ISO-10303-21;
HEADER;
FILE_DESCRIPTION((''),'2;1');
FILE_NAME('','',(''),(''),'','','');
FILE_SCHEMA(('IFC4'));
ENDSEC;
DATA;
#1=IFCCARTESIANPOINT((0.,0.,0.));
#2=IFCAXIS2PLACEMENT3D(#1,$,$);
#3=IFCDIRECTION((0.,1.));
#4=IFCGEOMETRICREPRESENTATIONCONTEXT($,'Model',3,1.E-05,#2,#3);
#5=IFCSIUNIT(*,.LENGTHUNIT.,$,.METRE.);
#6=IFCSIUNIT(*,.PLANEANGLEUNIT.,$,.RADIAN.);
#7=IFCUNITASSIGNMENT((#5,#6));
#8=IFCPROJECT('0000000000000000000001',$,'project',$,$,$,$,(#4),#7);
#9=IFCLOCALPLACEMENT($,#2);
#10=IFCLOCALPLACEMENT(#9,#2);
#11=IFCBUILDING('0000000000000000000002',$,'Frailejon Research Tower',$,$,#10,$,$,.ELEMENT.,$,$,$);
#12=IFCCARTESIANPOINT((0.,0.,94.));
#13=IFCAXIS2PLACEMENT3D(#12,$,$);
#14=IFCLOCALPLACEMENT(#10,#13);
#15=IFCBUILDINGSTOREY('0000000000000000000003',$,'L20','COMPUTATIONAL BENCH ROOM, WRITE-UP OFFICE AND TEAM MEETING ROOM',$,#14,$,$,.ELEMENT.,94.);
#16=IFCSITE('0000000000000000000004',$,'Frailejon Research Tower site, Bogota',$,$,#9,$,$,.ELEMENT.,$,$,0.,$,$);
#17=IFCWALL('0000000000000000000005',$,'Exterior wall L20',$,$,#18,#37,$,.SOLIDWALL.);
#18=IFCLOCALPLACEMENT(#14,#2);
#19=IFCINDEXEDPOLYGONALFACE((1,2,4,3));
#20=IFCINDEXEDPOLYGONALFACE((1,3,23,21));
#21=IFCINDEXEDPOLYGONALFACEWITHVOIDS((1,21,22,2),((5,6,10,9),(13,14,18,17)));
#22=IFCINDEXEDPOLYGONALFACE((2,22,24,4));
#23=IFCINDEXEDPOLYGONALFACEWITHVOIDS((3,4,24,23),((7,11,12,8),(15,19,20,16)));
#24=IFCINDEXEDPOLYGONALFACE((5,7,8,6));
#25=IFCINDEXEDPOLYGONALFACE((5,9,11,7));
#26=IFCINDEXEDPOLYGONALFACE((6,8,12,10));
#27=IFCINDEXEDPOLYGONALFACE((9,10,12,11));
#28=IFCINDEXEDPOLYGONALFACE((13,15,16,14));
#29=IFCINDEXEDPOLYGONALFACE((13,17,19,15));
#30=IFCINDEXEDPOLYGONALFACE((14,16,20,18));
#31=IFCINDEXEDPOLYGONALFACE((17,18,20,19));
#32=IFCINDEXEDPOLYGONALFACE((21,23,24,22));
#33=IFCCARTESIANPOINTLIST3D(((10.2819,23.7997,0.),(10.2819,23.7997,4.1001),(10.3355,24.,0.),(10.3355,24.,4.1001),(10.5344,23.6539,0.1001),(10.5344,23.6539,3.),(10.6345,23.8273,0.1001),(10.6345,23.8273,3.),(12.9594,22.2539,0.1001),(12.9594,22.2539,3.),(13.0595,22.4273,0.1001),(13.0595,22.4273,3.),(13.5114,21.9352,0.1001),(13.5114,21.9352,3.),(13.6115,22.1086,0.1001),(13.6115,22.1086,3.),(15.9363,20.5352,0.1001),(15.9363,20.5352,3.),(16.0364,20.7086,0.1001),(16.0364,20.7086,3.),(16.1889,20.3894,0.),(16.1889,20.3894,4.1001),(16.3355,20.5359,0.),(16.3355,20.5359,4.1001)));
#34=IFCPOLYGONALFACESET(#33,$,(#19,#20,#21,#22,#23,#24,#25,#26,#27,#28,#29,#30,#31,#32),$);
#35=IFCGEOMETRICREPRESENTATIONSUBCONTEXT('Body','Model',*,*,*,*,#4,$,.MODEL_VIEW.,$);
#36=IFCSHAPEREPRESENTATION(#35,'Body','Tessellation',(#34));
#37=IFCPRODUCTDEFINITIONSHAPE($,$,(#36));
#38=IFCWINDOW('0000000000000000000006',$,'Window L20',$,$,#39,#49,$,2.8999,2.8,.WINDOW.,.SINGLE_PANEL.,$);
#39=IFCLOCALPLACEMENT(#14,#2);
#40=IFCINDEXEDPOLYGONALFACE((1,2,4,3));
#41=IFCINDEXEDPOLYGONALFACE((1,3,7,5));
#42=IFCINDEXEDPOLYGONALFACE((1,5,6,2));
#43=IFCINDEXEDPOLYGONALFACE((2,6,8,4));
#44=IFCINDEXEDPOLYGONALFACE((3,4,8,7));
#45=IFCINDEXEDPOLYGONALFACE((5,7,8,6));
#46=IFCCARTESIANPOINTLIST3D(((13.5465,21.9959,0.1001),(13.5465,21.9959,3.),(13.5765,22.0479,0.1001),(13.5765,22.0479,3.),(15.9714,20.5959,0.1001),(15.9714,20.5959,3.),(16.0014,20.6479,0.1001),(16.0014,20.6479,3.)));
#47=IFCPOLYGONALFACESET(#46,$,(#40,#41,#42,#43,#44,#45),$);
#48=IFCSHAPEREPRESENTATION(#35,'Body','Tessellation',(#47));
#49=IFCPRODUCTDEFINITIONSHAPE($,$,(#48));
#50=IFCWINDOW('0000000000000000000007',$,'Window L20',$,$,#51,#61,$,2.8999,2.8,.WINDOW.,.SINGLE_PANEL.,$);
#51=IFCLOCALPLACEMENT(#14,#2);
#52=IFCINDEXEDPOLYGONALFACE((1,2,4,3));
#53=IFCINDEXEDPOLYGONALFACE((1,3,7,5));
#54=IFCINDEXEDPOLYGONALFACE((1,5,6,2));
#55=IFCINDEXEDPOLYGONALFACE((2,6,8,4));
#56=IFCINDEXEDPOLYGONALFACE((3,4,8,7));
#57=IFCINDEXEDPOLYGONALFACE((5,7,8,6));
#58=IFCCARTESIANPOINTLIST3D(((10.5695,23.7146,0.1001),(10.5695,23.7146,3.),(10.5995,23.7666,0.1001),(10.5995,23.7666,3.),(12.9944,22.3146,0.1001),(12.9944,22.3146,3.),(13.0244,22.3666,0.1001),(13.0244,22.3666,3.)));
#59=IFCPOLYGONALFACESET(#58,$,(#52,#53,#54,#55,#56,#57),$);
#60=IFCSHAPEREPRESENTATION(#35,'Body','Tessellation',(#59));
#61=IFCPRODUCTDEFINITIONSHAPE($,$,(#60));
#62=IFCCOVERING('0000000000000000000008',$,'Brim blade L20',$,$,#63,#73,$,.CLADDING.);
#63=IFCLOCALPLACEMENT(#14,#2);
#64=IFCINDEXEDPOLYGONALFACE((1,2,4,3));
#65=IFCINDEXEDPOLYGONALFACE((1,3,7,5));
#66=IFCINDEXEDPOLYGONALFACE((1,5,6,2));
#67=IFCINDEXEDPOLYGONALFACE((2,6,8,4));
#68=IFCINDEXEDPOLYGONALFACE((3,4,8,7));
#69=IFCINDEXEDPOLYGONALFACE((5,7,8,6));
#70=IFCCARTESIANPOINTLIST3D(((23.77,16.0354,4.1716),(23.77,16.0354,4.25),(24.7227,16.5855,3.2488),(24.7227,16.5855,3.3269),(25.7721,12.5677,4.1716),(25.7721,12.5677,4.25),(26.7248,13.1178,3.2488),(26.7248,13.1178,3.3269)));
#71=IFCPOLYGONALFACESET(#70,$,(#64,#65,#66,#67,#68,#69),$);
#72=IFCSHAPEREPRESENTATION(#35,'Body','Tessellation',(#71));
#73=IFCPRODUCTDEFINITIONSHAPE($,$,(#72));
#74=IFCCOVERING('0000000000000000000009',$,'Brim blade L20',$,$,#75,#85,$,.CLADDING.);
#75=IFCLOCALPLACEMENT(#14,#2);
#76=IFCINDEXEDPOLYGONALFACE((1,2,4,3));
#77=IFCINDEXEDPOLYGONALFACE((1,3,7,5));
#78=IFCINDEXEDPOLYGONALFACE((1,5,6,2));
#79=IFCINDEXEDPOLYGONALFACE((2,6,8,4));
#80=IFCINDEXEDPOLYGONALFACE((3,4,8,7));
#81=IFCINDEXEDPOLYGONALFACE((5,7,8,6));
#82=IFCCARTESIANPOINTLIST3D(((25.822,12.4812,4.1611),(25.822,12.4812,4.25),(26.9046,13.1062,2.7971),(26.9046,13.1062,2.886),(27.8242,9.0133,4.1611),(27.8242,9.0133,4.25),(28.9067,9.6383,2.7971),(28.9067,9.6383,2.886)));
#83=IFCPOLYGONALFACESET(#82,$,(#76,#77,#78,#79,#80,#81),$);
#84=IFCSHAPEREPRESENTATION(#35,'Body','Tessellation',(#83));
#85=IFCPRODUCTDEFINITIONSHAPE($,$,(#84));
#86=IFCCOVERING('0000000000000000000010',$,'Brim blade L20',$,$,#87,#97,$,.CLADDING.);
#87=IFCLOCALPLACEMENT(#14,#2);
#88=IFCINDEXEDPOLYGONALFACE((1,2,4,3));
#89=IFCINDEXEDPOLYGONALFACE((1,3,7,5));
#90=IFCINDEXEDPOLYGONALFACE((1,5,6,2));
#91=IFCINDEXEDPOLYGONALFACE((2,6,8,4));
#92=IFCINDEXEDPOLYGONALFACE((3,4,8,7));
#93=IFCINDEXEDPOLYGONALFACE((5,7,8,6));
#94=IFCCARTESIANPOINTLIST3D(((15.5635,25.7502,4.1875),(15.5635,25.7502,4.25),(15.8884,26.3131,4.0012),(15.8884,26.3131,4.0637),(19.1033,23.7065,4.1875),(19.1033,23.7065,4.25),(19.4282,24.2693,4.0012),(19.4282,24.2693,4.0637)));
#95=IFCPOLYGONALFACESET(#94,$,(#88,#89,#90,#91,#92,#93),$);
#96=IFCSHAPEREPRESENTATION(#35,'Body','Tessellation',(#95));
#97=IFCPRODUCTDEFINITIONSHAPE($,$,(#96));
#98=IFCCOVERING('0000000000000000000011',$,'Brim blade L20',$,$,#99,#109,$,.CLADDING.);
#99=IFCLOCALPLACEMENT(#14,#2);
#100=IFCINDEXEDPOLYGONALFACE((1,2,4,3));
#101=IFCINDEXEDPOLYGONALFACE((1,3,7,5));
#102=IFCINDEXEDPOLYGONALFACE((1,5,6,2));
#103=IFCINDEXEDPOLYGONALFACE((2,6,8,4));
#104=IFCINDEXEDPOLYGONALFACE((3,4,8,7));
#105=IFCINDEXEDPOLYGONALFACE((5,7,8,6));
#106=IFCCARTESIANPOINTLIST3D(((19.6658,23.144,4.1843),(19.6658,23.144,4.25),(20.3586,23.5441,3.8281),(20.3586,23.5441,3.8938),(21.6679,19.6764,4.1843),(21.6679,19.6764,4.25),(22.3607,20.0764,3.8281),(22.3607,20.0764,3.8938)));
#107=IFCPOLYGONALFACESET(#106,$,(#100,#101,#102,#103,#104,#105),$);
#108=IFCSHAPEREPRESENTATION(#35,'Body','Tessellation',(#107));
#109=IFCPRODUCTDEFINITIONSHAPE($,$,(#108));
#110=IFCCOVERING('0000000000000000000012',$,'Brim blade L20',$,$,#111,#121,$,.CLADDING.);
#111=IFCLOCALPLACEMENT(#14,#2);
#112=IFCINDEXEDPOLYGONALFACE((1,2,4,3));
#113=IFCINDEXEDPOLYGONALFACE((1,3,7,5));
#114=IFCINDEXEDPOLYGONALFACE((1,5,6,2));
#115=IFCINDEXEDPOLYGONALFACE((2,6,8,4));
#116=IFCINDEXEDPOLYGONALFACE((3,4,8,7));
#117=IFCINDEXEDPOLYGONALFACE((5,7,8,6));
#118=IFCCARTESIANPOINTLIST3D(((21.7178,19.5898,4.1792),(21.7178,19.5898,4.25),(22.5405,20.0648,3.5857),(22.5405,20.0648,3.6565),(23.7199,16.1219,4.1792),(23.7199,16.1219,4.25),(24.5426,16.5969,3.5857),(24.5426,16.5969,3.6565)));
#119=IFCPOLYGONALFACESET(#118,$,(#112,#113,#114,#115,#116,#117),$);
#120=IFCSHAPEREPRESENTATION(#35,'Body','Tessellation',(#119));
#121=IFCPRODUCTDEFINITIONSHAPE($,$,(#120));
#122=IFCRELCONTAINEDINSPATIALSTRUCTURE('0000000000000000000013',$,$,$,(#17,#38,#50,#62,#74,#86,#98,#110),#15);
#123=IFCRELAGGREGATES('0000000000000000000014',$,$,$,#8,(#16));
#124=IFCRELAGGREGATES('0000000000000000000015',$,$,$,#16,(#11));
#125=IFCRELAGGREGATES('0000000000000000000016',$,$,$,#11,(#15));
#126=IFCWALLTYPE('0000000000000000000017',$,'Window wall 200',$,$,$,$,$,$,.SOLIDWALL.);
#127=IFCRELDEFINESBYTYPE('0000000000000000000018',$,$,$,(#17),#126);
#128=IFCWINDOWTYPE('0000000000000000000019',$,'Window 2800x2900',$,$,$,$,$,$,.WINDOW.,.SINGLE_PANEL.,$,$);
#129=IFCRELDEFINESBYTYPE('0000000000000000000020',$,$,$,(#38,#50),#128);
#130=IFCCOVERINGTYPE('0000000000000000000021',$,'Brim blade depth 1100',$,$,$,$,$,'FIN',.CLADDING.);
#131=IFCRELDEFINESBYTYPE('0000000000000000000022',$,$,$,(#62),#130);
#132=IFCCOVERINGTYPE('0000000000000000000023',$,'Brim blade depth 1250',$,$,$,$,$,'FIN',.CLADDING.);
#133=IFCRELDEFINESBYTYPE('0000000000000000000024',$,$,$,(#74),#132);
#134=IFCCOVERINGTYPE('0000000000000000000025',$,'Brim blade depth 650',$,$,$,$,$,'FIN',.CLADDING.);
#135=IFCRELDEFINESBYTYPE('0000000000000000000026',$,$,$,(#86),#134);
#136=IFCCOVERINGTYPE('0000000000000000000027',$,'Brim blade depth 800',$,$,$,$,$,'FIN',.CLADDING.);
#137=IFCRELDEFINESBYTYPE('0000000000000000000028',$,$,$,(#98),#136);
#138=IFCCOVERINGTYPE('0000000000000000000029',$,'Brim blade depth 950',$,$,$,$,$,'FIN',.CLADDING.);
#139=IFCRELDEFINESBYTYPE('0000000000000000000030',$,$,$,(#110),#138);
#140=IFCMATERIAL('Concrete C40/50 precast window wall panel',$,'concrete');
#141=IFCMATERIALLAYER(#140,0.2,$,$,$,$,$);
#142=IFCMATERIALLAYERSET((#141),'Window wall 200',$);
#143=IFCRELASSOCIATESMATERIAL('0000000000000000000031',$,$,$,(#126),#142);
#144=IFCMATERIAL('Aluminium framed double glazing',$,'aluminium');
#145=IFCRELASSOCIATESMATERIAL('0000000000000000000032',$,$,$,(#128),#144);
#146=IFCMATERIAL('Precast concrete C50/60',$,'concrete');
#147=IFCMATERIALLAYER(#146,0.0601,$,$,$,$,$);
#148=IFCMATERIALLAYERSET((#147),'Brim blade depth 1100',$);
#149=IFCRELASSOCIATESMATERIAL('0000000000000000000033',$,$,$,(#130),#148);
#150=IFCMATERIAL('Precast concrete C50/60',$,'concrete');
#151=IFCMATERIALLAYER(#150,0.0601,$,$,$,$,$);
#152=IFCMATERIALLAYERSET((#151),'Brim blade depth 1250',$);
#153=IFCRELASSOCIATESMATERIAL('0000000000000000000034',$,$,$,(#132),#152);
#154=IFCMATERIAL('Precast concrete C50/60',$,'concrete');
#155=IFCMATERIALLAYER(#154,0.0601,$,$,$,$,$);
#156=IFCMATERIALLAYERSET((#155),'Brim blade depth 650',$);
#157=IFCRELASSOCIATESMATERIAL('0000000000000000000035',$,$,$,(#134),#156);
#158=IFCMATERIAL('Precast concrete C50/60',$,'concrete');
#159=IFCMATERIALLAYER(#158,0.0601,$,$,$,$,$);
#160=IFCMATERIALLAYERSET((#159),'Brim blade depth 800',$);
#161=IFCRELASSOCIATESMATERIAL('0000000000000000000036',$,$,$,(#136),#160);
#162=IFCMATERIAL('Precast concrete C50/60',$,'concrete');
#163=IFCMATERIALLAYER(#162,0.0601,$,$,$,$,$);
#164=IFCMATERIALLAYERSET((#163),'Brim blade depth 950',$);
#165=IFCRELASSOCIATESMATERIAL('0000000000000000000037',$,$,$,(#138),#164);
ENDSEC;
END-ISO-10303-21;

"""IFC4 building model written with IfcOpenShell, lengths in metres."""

from ifc_helpers import new_model, si_unit, direction, frame, frame_2d, origin, place, context, subcontext, project, spatial, polyline, rectangle, outline, extrude, material, layer, layer_set, type_object, element, fill, save


model = new_model("IFC4")

# Units and contexts
model_context = context("Model", 3, precision=1e-05, world=origin(), true_north=direction((0.0, 1.0)))
body_context = subcontext(model_context, "Body", "Model", "MODEL_VIEW")
ifc_project = project(units=[si_unit("LENGTHUNIT", "METRE"), si_unit("PLANEANGLEUNIT", "RADIAN")], contexts=[model_context])

# Site, building, storey
site_placement = place(None, origin())
site = spatial("IfcSite", under=ifc_project, at=site_placement, Name="Frailejon Research Tower site, Bogota", CompositionType="ELEMENT", RefElevation=0.0)
building_placement = place(site_placement, origin())
building = spatial("IfcBuilding", under=site, at=building_placement, Name="Frailejon Research Tower", CompositionType="ELEMENT")
storey_placement = place(building_placement, frame((0.0, 0.0, 94.0)))
storey = spatial("IfcBuildingStorey", under=building, at=storey_placement, Name="L20", Description="COMPUTATIONAL BENCH ROOM, WRITE-UP OFFICE AND TEAM MEETING ROOM", CompositionType="ELEMENT", Elevation=94.0)

# Wall, openings, windows
ifc_material_1 = material(Name="Concrete C40/50 precast window wall panel", Category="concrete")
ifc_layer_1 = layer(ifc_material_1, 0.2)
ifc_layer_set_1 = layer_set([ifc_layer_1], Name="Window wall 200")
wall_type_1 = type_object("IfcWallType", Name="Window wall 200", PredefinedType="SOLIDWALL", material=ifc_layer_set_1)
wall_1_placement = place(storey_placement, frame((16.2622, 20.4626, 0.0), z_axis=(0.0, 0.0, 1.0), x_axis=(-0.866029, 0.499993, 0.0)))
wall_1 = element("IfcWall", 1, at=wall_1_placement, inside=storey, type_object=wall_type_1, Name="Exterior wall L20", PredefinedType="SOLIDWALL", context=body_context, shape_type="SweptSolid", body=[
    extrude(outline(polyline([(-0.0269, -0.1001), (1.1279, -0.1001), (2.2825, -0.1001), (3.4373, -0.1001), (4.592, -0.1001), (5.7466, -0.1001), (6.9014, -0.1001), (6.8477, 0.1001), (5.7109, 0.1001), (4.574, 0.1001), (3.4373, 0.1001), (2.3005, 0.1001), (1.1636, 0.1001), (0.0269, 0.1001), (-0.0269, -0.1001)])), origin(), (0.0, 0.0, 1.0), 4.1001),
])
opening_1_placement = place(wall_1_placement, frame((0.3186, 0.0, 0.1001)))
opening_1 = element("IfcOpeningElement", 2, at=opening_1_placement, cuts=wall_1, PredefinedType="OPENING", context=body_context, shape_type="SweptSolid", body=[
    extrude(rectangle(XDim=2.8, YDim=2.8999, at=frame_2d((1.3999, 1.45))), frame((0.0, 0.1099, 0.0), z_axis=(0.0, -1.0, 0.0), x_axis=(1.0, 0.0, 0.0)), (0.0, 0.0, 1.0), 0.22),
])
opening_2_placement = place(wall_1_placement, frame((3.7561, 0.0, 0.1001)))
opening_2 = element("IfcOpeningElement", 3, at=opening_2_placement, cuts=wall_1, PredefinedType="OPENING", context=body_context, shape_type="SweptSolid", body=[
    extrude(rectangle(XDim=2.8, YDim=2.8999, at=frame_2d((1.3999, 1.45))), frame((0.0, 0.1099, 0.0), z_axis=(0.0, -1.0, 0.0), x_axis=(1.0, 0.0, 0.0)), (0.0, 0.0, 1.0), 0.22),
])
ifc_material_2 = material(Name="Aluminium framed double glazing", Category="aluminium")
window_type = type_object("IfcWindowType", Name="Window 2800x2900", PartitioningType="SINGLE_PANEL", PredefinedType="WINDOW", material=ifc_material_2)
window_1_placement = place(opening_1_placement, origin())
window_1 = element("IfcWindow", 4, at=window_1_placement, inside=storey, type_object=window_type, Name="Window L20", OverallHeight=2.8999, OverallWidth=2.8, PartitioningType="SINGLE_PANEL", PredefinedType="WINDOW", context=body_context, shape_type="SweptSolid", body=[
    extrude(rectangle(XDim=2.8, YDim=2.8999, at=frame_2d((1.3999, 1.45))), frame((0.0, 0.03, 0.0), z_axis=(0.0, -1.0, 0.0), x_axis=(1.0, 0.0, 0.0)), (0.0, 0.0, 1.0), 0.0601),
])
fill(opening_1, window_1)
window_2_placement = place(opening_2_placement, origin())
window_2 = element("IfcWindow", 5, at=window_2_placement, inside=storey, type_object=window_type, Name="Window L20", OverallHeight=2.8999, OverallWidth=2.8, PartitioningType="SINGLE_PANEL", PredefinedType="WINDOW", context=body_context, shape_type="SweptSolid", body=[
    extrude(rectangle(XDim=2.8, YDim=2.8999, at=frame_2d((1.3999, 1.45))), frame((0.0, 0.03, 0.0), z_axis=(0.0, -1.0, 0.0), x_axis=(1.0, 0.0, 0.0)), (0.0, 0.0, 1.0), 0.0601),
])
fill(opening_2, window_2)

# Coverings
ifc_material_3 = material(Name="Precast concrete C50/60", Category="concrete")
ifc_layer_2 = layer(ifc_material_3, 0.0601)
ifc_layer_set_2 = layer_set([ifc_layer_2], Name="Brim blade depth 1100")
covering_type_1 = type_object("IfcCoveringType", Name="Brim blade depth 1100", ElementType="FIN", PredefinedType="CLADDING", material=ifc_layer_set_2)
covering_1_placement = place(storey_placement, frame((23.77, 16.0354, 4.25), z_axis=(0.500004, -0.866023, 0.0), x_axis=(0.866023, 0.500004, 0.0)))
element("IfcCovering", 6, at=covering_1_placement, inside=storey, type_object=covering_type_1, Name="Brim blade L20", PredefinedType="CLADDING", context=body_context, shape_type="SweptSolid", body=[
    extrude(outline(polyline([(0.0, -0.0784), (1.1001, -1.0012), (1.1001, -0.9231), (0.0, 0.0), (0.0, -0.0784)])), origin(), (0.0, 0.0, 1.0), 4.0042),
])
ifc_material_4 = material(Name="Precast concrete C50/60", Category="concrete")
ifc_layer_3 = layer(ifc_material_4, 0.0601)
ifc_layer_set_3 = layer_set([ifc_layer_3], Name="Brim blade depth 1250")
covering_type_2 = type_object("IfcCoveringType", Name="Brim blade depth 1250", ElementType="FIN", PredefinedType="CLADDING", material=ifc_layer_set_3)
covering_2_placement = place(storey_placement, frame((25.822, 12.4812, 4.25), z_axis=(0.499994, -0.866029, 0.0), x_axis=(0.866029, 0.499994, 0.0)))
element("IfcCovering", 7, at=covering_2_placement, inside=storey, type_object=covering_type_2, Name="Brim blade L20", PredefinedType="CLADDING", context=body_context, shape_type="SweptSolid", body=[
    extrude(outline(polyline([(0.0, -0.0889), (1.25, -1.4529), (1.25, -1.364), (0.0, 0.0), (0.0, -0.0889)])), origin(), (0.0, 0.0, 1.0), 4.0044),
])
ifc_material_5 = material(Name="Precast concrete C50/60", Category="concrete")
ifc_layer_4 = layer(ifc_material_5, 0.0601)
ifc_layer_set_4 = layer_set([ifc_layer_4], Name="Brim blade depth 650")
covering_type_3 = type_object("IfcCoveringType", Name="Brim blade depth 650", ElementType="FIN", PredefinedType="CLADDING", material=ifc_layer_set_4)
covering_3_placement = place(storey_placement, frame((15.5635, 25.7502, 4.25), z_axis=(0.866021, -0.500007, 0.0), x_axis=(0.500007, 0.866021, 0.0)))
element("IfcCovering", 8, at=covering_3_placement, inside=storey, type_object=covering_type_3, Name="Brim blade L20", PredefinedType="CLADDING", context=body_context, shape_type="SweptSolid", body=[
    extrude(outline(polyline([(0.0, -0.0625), (0.6499, -0.2488), (0.6499, -0.1863), (0.0, 0.0), (0.0, -0.0625)])), origin(), (0.0, 0.0, 1.0), 4.0874),
])
ifc_material_6 = material(Name="Precast concrete C50/60", Category="concrete")
ifc_layer_5 = layer(ifc_material_6, 0.0601)
ifc_layer_set_5 = layer_set([ifc_layer_5], Name="Brim blade depth 800")
covering_type_4 = type_object("IfcCoveringType", Name="Brim blade depth 800", ElementType="FIN", PredefinedType="CLADDING", material=ifc_layer_set_5)
covering_4_placement = place(storey_placement, frame((19.6658, 23.144, 4.25), z_axis=(0.500004, -0.866023, 0.0), x_axis=(0.866023, 0.500004, 0.0)))
element("IfcCovering", 9, at=covering_4_placement, inside=storey, type_object=covering_type_4, Name="Brim blade L20", PredefinedType="CLADDING", context=body_context, shape_type="SweptSolid", body=[
    extrude(outline(polyline([(0.0, -0.0657), (0.8, -0.4219), (0.8, -0.3562), (0.0, 0.0), (0.0, -0.0657)])), origin(), (0.0, 0.0, 1.0), 4.0042),
])
ifc_material_7 = material(Name="Precast concrete C50/60", Category="concrete")
ifc_layer_6 = layer(ifc_material_7, 0.0601)
ifc_layer_set_6 = layer_set([ifc_layer_6], Name="Brim blade depth 950")
covering_type_5 = type_object("IfcCoveringType", Name="Brim blade depth 950", ElementType="FIN", PredefinedType="CLADDING", material=ifc_layer_set_6)
covering_5_placement = place(storey_placement, frame((21.7178, 19.5898, 4.25), z_axis=(0.499994, -0.866029, 0.0), x_axis=(0.866029, 0.499994, 0.0)))
element("IfcCovering", 10, at=covering_5_placement, inside=storey, type_object=covering_type_5, Name="Brim blade L20", PredefinedType="CLADDING", context=body_context, shape_type="SweptSolid", body=[
    extrude(outline(polyline([(0.0, -0.0708), (0.95, -0.6643), (0.95, -0.5935), (0.0, 0.0), (0.0, -0.0708)])), origin(), (0.0, 0.0, 1.0), 4.0044),
])

save(model, "model.ifc")
